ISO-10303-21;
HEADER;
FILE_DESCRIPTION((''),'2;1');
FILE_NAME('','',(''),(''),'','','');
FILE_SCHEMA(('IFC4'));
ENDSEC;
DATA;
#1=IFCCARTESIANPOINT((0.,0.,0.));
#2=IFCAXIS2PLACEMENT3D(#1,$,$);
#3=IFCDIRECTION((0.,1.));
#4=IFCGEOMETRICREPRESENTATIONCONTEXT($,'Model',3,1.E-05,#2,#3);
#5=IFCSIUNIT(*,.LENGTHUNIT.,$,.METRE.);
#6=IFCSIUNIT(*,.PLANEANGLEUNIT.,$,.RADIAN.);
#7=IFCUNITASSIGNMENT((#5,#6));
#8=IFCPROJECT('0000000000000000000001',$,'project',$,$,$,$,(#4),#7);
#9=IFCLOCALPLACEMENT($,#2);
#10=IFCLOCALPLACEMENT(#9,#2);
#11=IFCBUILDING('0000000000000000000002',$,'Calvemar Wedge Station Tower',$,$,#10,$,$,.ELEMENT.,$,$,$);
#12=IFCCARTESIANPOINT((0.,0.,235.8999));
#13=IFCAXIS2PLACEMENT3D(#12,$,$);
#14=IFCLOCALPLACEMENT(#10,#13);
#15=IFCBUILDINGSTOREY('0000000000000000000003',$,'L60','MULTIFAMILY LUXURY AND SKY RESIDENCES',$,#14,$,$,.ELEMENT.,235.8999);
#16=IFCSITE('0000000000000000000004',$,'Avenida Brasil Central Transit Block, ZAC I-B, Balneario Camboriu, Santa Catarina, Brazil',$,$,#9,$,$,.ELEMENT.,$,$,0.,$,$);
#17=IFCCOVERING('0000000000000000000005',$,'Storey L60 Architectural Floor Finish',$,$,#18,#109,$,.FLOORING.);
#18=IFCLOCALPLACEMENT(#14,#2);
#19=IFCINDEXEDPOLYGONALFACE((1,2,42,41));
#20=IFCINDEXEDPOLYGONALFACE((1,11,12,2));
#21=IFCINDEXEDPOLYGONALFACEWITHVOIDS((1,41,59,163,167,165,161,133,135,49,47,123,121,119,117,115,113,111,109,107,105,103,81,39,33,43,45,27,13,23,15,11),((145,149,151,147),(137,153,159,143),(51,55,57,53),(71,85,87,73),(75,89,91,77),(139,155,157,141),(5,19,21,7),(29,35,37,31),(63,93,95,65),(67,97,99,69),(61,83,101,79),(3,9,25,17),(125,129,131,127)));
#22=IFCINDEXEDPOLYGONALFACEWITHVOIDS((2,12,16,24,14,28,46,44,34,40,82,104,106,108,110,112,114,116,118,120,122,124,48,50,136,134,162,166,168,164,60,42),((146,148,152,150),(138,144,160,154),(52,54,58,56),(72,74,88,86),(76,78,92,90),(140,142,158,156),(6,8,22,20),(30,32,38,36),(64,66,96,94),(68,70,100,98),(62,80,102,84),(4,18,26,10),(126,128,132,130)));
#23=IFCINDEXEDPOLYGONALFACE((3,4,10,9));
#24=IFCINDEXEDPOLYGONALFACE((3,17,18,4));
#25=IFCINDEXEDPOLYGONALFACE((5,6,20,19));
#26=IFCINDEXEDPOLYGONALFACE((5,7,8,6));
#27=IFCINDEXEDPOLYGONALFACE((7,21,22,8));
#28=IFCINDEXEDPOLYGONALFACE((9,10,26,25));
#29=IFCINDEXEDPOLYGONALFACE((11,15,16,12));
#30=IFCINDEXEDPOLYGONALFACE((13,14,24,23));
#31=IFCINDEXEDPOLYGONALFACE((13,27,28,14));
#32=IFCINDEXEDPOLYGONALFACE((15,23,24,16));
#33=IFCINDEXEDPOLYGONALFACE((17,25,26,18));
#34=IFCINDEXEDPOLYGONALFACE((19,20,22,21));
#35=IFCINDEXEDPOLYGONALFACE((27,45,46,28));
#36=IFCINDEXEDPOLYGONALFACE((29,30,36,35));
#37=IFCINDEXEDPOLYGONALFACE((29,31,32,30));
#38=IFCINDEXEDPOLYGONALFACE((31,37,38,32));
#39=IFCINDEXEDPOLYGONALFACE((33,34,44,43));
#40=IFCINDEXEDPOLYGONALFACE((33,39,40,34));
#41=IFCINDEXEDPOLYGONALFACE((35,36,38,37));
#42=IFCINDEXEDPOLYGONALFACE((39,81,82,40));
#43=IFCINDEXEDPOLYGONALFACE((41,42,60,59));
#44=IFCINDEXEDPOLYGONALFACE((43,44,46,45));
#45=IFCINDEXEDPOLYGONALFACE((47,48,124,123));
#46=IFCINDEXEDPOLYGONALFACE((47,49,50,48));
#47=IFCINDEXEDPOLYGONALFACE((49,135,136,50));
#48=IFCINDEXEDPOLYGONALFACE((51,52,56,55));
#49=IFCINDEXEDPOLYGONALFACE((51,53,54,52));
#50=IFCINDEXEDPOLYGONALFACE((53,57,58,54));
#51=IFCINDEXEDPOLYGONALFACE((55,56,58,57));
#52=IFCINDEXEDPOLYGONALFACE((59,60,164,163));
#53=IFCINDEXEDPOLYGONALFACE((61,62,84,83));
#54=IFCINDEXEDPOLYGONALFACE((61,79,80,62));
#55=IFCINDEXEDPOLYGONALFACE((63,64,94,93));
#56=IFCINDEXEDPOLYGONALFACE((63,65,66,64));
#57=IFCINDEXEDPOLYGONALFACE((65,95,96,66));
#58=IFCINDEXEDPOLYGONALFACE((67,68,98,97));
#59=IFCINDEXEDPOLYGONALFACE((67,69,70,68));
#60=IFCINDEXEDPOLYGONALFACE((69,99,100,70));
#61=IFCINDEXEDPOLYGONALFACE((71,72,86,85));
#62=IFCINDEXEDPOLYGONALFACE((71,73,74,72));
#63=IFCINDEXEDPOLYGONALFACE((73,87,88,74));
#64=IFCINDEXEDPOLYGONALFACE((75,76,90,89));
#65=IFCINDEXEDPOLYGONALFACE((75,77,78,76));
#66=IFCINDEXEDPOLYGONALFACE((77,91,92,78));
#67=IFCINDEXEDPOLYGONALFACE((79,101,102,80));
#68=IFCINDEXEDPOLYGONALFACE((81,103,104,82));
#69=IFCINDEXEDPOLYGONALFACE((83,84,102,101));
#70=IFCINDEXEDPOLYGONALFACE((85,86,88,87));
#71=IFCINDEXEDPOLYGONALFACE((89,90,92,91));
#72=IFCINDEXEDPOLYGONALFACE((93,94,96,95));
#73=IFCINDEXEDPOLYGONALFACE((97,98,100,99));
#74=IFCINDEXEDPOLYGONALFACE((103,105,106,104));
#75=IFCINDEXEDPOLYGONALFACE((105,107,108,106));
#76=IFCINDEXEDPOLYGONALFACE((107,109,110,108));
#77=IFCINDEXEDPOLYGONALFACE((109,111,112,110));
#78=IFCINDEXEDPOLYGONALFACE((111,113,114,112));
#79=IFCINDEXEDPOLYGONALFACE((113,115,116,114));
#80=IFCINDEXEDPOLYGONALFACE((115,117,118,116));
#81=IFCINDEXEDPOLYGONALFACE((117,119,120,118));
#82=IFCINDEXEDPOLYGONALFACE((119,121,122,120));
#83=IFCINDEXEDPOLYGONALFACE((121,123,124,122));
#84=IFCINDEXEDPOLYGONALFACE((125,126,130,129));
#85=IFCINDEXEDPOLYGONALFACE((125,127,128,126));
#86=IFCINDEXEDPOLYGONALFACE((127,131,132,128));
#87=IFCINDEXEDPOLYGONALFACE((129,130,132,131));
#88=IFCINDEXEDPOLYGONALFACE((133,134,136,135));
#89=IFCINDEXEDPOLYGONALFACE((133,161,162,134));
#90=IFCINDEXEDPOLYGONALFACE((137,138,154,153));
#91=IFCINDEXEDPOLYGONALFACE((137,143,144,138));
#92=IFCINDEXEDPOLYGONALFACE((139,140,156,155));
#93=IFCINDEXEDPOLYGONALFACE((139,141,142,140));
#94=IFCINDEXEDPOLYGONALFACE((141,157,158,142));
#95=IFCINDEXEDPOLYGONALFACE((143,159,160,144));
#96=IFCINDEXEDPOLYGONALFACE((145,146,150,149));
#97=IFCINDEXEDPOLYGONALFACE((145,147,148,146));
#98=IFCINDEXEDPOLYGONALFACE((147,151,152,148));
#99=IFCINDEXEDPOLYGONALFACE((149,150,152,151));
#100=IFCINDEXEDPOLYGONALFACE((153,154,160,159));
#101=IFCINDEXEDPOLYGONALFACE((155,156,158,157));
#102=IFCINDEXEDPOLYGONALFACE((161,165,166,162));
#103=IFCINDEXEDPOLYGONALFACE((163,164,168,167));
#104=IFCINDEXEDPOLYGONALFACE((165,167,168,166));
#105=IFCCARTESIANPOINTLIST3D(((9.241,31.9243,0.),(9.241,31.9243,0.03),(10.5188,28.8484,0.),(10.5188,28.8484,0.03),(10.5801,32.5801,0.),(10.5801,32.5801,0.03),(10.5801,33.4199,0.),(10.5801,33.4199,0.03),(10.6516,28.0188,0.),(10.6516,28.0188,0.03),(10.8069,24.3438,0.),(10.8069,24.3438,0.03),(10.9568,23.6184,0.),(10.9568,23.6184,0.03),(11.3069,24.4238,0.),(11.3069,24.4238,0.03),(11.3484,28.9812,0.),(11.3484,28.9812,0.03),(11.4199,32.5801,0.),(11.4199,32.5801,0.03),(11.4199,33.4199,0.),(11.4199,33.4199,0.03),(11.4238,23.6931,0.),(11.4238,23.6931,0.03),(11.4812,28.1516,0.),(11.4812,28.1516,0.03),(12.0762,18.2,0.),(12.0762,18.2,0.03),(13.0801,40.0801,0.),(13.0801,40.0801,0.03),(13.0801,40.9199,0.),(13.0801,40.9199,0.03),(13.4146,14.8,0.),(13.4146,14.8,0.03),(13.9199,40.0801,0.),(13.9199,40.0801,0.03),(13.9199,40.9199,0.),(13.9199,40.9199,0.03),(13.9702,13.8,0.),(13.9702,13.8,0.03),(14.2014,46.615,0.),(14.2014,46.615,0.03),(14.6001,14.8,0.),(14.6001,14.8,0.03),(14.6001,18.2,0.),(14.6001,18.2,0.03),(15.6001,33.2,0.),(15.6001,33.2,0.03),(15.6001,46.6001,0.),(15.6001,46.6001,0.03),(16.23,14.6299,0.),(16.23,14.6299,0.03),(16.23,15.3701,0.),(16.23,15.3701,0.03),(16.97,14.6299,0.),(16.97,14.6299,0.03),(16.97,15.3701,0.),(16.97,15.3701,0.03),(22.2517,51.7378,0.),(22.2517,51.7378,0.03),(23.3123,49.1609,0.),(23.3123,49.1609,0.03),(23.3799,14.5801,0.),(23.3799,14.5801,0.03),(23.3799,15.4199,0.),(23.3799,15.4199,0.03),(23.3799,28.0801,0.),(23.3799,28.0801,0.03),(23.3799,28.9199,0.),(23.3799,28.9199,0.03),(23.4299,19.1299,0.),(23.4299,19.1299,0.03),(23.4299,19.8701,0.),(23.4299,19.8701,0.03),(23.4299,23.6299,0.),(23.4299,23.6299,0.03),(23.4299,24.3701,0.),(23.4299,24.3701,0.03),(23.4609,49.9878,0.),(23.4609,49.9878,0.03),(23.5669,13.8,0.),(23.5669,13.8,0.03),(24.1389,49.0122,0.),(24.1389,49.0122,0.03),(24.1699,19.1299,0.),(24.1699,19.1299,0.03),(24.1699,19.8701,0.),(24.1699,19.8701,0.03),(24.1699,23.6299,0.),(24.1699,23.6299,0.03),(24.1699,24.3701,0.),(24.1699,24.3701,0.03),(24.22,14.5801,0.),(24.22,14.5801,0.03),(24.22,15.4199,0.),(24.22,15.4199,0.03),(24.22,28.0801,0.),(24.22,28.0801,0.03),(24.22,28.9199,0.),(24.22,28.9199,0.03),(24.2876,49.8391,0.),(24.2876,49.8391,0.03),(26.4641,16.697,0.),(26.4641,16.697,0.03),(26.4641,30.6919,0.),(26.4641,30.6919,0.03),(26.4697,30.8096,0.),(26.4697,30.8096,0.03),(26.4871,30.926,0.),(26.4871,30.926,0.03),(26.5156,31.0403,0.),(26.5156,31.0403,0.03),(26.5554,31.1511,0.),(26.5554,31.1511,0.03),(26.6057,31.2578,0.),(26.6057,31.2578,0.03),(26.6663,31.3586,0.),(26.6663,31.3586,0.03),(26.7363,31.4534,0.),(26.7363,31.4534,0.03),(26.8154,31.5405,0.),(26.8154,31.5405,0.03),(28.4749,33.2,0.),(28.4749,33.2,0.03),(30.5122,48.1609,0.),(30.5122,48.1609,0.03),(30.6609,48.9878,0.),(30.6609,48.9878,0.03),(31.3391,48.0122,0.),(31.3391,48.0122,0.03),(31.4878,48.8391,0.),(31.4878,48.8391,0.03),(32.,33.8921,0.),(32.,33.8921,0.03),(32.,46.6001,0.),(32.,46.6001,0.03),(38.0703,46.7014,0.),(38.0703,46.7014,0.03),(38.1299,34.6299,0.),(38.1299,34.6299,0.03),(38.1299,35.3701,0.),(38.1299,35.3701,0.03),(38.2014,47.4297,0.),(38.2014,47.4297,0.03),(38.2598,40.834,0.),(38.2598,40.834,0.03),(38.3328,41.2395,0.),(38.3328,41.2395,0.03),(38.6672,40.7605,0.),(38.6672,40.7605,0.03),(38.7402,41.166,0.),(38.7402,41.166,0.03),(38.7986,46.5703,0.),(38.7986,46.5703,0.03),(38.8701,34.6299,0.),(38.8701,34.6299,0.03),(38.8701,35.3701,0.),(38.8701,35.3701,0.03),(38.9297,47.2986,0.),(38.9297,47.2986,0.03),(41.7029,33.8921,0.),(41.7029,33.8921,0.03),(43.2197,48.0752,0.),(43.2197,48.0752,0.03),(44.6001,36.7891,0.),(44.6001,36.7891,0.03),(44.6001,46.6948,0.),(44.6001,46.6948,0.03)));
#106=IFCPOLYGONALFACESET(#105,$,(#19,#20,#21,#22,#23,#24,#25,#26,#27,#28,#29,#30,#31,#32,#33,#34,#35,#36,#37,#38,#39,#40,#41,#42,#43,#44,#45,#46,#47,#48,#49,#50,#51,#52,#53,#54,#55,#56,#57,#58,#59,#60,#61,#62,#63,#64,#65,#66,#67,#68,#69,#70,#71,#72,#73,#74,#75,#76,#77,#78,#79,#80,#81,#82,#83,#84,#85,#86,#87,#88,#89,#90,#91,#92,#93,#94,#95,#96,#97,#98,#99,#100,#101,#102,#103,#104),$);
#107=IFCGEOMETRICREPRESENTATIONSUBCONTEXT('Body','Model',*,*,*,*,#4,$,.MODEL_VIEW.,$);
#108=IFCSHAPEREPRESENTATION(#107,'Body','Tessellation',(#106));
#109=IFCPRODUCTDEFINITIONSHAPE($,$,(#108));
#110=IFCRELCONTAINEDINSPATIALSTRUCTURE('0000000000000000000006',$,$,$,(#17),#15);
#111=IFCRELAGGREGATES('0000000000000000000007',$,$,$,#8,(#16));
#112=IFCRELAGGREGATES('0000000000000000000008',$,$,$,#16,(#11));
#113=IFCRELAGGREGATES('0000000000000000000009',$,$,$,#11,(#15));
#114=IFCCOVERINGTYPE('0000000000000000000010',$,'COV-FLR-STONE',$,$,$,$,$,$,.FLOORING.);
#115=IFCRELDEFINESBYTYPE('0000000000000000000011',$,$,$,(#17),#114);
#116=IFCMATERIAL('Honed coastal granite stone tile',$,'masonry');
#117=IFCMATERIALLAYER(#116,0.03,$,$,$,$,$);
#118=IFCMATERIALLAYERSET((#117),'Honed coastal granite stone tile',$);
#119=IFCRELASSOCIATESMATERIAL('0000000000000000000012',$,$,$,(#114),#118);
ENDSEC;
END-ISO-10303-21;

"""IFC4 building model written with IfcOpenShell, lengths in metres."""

from ifc_helpers import new_model, si_unit, direction, frame, origin, place, context, subcontext, project, spatial, polyline, outline, extrude, material, layer, layer_set, type_object, element, save


model = new_model("IFC4")

# Units and contexts
model_context = context("Model", 3, precision=1e-05, world=origin(), true_north=direction((0.0, 1.0)))
body_context = subcontext(model_context, "Body", "Model", "MODEL_VIEW")
ifc_project = project(units=[si_unit("LENGTHUNIT", "METRE"), si_unit("PLANEANGLEUNIT", "RADIAN")], contexts=[model_context])

# Site, building, storey
site_placement = place(None, origin())
site = spatial("IfcSite", under=ifc_project, at=site_placement, Name="Avenida Brasil Central Transit Block, ZAC I-B, Balneario Camboriu, Santa Catarina, Brazil", CompositionType="ELEMENT", RefElevation=0.0)
building_placement = place(site_placement, origin())
building = spatial("IfcBuilding", under=site, at=building_placement, Name="Calvemar Wedge Station Tower", CompositionType="ELEMENT")
storey_placement = place(building_placement, frame((0.0, 0.0, 235.8999)))
storey = spatial("IfcBuildingStorey", under=building, at=storey_placement, Name="L60", Description="MULTIFAMILY LUXURY AND SKY RESIDENCES", CompositionType="ELEMENT", Elevation=235.8999)

# Covering
ifc_material_1 = material(Name="Honed coastal granite stone tile", Category="masonry")
ifc_layer_1 = layer(ifc_material_1, 0.03)
ifc_layer_set_1 = layer_set([ifc_layer_1], Name="Honed coastal granite stone tile")
covering_type_1 = type_object("IfcCoveringType", Name="COV-FLR-STONE", PredefinedType="FLOORING", material=ifc_layer_set_1)
covering_1_placement = place(storey_placement, origin())
element("IfcCovering", 1, at=covering_1_placement, inside=storey, type_object=covering_type_1, Name="Storey L60 Architectural Floor Finish", PredefinedType="FLOORING", context=body_context, shape_type="SweptSolid", body=[
    extrude(outline(polyline([(26.6663, 31.3586), (26.7363, 31.4534), (26.8154, 31.5405), (28.4749, 33.2), (15.6001, 33.2), (15.6001, 46.6001), (32.0, 46.6001), (32.0, 33.8921), (41.7029, 33.8921), (44.6001, 36.7891), (44.6001, 46.6948), (43.2197, 48.0752), (22.2517, 51.7378), (14.2014, 46.615), (9.241, 31.9243), (10.8069, 24.3438), (11.3069, 24.4238), (11.4238, 23.6931), (10.9568, 23.6184), (12.0762, 18.2), (14.6001, 18.2), (14.6001, 14.8), (13.4146, 14.8), (13.9702, 13.8), (23.5669, 13.8), (26.4641, 16.697), (26.4641, 30.6919), (26.4697, 30.8096), (26.4871, 30.926), (26.5156, 31.0403), (26.5554, 31.1511), (26.6057, 31.2578), (26.6663, 31.3586)]), holes=[polyline([(11.4199, 33.4199), (11.4199, 32.5801), (10.5801, 32.5801), (10.5801, 33.4199), (11.4199, 33.4199)]), polyline([(13.9199, 40.0801), (13.0801, 40.0801), (13.0801, 40.9199), (13.9199, 40.9199), (13.9199, 40.0801)]), polyline([(23.3123, 49.1609), (23.4609, 49.9878), (24.2876, 49.8391), (24.1389, 49.0122), (23.3123, 49.1609)]), polyline([(30.6609, 48.9878), (31.4878, 48.8391), (31.3391, 48.0122), (30.5122, 48.1609), (30.6609, 48.9878)]), polyline([(38.9297, 47.2986), (38.7986, 46.5703), (38.0703, 46.7014), (38.2014, 47.4297), (38.9297, 47.2986)]), polyline([(38.8701, 34.6299), (38.1299, 34.6299), (38.1299, 35.3701), (38.8701, 35.3701), (38.8701, 34.6299)]), polyline([(38.2598, 40.834), (38.3328, 41.2395), (38.7402, 41.166), (38.6672, 40.7605), (38.2598, 40.834)]), polyline([(11.3484, 28.9812), (11.4812, 28.1516), (10.6516, 28.0188), (10.5188, 28.8484), (11.3484, 28.9812)]), polyline([(24.22, 28.0801), (23.3799, 28.0801), (23.3799, 28.9199), (24.22, 28.9199), (24.22, 28.0801)]), polyline([(23.4299, 23.6299), (23.4299, 24.3701), (24.1699, 24.3701), (24.1699, 23.6299), (23.4299, 23.6299)]), polyline([(23.4299, 19.8701), (24.1699, 19.8701), (24.1699, 19.1299), (23.4299, 19.1299), (23.4299, 19.8701)]), polyline([(24.22, 15.4199), (24.22, 14.5801), (23.3799, 14.5801), (23.3799, 15.4199), (24.22, 15.4199)]), polyline([(16.97, 14.6299), (16.23, 14.6299), (16.23, 15.3701), (16.97, 15.3701), (16.97, 14.6299)])]), origin(), (0.0, 0.0, 1.0), 0.03),
])

save(model, "model.ifc")
